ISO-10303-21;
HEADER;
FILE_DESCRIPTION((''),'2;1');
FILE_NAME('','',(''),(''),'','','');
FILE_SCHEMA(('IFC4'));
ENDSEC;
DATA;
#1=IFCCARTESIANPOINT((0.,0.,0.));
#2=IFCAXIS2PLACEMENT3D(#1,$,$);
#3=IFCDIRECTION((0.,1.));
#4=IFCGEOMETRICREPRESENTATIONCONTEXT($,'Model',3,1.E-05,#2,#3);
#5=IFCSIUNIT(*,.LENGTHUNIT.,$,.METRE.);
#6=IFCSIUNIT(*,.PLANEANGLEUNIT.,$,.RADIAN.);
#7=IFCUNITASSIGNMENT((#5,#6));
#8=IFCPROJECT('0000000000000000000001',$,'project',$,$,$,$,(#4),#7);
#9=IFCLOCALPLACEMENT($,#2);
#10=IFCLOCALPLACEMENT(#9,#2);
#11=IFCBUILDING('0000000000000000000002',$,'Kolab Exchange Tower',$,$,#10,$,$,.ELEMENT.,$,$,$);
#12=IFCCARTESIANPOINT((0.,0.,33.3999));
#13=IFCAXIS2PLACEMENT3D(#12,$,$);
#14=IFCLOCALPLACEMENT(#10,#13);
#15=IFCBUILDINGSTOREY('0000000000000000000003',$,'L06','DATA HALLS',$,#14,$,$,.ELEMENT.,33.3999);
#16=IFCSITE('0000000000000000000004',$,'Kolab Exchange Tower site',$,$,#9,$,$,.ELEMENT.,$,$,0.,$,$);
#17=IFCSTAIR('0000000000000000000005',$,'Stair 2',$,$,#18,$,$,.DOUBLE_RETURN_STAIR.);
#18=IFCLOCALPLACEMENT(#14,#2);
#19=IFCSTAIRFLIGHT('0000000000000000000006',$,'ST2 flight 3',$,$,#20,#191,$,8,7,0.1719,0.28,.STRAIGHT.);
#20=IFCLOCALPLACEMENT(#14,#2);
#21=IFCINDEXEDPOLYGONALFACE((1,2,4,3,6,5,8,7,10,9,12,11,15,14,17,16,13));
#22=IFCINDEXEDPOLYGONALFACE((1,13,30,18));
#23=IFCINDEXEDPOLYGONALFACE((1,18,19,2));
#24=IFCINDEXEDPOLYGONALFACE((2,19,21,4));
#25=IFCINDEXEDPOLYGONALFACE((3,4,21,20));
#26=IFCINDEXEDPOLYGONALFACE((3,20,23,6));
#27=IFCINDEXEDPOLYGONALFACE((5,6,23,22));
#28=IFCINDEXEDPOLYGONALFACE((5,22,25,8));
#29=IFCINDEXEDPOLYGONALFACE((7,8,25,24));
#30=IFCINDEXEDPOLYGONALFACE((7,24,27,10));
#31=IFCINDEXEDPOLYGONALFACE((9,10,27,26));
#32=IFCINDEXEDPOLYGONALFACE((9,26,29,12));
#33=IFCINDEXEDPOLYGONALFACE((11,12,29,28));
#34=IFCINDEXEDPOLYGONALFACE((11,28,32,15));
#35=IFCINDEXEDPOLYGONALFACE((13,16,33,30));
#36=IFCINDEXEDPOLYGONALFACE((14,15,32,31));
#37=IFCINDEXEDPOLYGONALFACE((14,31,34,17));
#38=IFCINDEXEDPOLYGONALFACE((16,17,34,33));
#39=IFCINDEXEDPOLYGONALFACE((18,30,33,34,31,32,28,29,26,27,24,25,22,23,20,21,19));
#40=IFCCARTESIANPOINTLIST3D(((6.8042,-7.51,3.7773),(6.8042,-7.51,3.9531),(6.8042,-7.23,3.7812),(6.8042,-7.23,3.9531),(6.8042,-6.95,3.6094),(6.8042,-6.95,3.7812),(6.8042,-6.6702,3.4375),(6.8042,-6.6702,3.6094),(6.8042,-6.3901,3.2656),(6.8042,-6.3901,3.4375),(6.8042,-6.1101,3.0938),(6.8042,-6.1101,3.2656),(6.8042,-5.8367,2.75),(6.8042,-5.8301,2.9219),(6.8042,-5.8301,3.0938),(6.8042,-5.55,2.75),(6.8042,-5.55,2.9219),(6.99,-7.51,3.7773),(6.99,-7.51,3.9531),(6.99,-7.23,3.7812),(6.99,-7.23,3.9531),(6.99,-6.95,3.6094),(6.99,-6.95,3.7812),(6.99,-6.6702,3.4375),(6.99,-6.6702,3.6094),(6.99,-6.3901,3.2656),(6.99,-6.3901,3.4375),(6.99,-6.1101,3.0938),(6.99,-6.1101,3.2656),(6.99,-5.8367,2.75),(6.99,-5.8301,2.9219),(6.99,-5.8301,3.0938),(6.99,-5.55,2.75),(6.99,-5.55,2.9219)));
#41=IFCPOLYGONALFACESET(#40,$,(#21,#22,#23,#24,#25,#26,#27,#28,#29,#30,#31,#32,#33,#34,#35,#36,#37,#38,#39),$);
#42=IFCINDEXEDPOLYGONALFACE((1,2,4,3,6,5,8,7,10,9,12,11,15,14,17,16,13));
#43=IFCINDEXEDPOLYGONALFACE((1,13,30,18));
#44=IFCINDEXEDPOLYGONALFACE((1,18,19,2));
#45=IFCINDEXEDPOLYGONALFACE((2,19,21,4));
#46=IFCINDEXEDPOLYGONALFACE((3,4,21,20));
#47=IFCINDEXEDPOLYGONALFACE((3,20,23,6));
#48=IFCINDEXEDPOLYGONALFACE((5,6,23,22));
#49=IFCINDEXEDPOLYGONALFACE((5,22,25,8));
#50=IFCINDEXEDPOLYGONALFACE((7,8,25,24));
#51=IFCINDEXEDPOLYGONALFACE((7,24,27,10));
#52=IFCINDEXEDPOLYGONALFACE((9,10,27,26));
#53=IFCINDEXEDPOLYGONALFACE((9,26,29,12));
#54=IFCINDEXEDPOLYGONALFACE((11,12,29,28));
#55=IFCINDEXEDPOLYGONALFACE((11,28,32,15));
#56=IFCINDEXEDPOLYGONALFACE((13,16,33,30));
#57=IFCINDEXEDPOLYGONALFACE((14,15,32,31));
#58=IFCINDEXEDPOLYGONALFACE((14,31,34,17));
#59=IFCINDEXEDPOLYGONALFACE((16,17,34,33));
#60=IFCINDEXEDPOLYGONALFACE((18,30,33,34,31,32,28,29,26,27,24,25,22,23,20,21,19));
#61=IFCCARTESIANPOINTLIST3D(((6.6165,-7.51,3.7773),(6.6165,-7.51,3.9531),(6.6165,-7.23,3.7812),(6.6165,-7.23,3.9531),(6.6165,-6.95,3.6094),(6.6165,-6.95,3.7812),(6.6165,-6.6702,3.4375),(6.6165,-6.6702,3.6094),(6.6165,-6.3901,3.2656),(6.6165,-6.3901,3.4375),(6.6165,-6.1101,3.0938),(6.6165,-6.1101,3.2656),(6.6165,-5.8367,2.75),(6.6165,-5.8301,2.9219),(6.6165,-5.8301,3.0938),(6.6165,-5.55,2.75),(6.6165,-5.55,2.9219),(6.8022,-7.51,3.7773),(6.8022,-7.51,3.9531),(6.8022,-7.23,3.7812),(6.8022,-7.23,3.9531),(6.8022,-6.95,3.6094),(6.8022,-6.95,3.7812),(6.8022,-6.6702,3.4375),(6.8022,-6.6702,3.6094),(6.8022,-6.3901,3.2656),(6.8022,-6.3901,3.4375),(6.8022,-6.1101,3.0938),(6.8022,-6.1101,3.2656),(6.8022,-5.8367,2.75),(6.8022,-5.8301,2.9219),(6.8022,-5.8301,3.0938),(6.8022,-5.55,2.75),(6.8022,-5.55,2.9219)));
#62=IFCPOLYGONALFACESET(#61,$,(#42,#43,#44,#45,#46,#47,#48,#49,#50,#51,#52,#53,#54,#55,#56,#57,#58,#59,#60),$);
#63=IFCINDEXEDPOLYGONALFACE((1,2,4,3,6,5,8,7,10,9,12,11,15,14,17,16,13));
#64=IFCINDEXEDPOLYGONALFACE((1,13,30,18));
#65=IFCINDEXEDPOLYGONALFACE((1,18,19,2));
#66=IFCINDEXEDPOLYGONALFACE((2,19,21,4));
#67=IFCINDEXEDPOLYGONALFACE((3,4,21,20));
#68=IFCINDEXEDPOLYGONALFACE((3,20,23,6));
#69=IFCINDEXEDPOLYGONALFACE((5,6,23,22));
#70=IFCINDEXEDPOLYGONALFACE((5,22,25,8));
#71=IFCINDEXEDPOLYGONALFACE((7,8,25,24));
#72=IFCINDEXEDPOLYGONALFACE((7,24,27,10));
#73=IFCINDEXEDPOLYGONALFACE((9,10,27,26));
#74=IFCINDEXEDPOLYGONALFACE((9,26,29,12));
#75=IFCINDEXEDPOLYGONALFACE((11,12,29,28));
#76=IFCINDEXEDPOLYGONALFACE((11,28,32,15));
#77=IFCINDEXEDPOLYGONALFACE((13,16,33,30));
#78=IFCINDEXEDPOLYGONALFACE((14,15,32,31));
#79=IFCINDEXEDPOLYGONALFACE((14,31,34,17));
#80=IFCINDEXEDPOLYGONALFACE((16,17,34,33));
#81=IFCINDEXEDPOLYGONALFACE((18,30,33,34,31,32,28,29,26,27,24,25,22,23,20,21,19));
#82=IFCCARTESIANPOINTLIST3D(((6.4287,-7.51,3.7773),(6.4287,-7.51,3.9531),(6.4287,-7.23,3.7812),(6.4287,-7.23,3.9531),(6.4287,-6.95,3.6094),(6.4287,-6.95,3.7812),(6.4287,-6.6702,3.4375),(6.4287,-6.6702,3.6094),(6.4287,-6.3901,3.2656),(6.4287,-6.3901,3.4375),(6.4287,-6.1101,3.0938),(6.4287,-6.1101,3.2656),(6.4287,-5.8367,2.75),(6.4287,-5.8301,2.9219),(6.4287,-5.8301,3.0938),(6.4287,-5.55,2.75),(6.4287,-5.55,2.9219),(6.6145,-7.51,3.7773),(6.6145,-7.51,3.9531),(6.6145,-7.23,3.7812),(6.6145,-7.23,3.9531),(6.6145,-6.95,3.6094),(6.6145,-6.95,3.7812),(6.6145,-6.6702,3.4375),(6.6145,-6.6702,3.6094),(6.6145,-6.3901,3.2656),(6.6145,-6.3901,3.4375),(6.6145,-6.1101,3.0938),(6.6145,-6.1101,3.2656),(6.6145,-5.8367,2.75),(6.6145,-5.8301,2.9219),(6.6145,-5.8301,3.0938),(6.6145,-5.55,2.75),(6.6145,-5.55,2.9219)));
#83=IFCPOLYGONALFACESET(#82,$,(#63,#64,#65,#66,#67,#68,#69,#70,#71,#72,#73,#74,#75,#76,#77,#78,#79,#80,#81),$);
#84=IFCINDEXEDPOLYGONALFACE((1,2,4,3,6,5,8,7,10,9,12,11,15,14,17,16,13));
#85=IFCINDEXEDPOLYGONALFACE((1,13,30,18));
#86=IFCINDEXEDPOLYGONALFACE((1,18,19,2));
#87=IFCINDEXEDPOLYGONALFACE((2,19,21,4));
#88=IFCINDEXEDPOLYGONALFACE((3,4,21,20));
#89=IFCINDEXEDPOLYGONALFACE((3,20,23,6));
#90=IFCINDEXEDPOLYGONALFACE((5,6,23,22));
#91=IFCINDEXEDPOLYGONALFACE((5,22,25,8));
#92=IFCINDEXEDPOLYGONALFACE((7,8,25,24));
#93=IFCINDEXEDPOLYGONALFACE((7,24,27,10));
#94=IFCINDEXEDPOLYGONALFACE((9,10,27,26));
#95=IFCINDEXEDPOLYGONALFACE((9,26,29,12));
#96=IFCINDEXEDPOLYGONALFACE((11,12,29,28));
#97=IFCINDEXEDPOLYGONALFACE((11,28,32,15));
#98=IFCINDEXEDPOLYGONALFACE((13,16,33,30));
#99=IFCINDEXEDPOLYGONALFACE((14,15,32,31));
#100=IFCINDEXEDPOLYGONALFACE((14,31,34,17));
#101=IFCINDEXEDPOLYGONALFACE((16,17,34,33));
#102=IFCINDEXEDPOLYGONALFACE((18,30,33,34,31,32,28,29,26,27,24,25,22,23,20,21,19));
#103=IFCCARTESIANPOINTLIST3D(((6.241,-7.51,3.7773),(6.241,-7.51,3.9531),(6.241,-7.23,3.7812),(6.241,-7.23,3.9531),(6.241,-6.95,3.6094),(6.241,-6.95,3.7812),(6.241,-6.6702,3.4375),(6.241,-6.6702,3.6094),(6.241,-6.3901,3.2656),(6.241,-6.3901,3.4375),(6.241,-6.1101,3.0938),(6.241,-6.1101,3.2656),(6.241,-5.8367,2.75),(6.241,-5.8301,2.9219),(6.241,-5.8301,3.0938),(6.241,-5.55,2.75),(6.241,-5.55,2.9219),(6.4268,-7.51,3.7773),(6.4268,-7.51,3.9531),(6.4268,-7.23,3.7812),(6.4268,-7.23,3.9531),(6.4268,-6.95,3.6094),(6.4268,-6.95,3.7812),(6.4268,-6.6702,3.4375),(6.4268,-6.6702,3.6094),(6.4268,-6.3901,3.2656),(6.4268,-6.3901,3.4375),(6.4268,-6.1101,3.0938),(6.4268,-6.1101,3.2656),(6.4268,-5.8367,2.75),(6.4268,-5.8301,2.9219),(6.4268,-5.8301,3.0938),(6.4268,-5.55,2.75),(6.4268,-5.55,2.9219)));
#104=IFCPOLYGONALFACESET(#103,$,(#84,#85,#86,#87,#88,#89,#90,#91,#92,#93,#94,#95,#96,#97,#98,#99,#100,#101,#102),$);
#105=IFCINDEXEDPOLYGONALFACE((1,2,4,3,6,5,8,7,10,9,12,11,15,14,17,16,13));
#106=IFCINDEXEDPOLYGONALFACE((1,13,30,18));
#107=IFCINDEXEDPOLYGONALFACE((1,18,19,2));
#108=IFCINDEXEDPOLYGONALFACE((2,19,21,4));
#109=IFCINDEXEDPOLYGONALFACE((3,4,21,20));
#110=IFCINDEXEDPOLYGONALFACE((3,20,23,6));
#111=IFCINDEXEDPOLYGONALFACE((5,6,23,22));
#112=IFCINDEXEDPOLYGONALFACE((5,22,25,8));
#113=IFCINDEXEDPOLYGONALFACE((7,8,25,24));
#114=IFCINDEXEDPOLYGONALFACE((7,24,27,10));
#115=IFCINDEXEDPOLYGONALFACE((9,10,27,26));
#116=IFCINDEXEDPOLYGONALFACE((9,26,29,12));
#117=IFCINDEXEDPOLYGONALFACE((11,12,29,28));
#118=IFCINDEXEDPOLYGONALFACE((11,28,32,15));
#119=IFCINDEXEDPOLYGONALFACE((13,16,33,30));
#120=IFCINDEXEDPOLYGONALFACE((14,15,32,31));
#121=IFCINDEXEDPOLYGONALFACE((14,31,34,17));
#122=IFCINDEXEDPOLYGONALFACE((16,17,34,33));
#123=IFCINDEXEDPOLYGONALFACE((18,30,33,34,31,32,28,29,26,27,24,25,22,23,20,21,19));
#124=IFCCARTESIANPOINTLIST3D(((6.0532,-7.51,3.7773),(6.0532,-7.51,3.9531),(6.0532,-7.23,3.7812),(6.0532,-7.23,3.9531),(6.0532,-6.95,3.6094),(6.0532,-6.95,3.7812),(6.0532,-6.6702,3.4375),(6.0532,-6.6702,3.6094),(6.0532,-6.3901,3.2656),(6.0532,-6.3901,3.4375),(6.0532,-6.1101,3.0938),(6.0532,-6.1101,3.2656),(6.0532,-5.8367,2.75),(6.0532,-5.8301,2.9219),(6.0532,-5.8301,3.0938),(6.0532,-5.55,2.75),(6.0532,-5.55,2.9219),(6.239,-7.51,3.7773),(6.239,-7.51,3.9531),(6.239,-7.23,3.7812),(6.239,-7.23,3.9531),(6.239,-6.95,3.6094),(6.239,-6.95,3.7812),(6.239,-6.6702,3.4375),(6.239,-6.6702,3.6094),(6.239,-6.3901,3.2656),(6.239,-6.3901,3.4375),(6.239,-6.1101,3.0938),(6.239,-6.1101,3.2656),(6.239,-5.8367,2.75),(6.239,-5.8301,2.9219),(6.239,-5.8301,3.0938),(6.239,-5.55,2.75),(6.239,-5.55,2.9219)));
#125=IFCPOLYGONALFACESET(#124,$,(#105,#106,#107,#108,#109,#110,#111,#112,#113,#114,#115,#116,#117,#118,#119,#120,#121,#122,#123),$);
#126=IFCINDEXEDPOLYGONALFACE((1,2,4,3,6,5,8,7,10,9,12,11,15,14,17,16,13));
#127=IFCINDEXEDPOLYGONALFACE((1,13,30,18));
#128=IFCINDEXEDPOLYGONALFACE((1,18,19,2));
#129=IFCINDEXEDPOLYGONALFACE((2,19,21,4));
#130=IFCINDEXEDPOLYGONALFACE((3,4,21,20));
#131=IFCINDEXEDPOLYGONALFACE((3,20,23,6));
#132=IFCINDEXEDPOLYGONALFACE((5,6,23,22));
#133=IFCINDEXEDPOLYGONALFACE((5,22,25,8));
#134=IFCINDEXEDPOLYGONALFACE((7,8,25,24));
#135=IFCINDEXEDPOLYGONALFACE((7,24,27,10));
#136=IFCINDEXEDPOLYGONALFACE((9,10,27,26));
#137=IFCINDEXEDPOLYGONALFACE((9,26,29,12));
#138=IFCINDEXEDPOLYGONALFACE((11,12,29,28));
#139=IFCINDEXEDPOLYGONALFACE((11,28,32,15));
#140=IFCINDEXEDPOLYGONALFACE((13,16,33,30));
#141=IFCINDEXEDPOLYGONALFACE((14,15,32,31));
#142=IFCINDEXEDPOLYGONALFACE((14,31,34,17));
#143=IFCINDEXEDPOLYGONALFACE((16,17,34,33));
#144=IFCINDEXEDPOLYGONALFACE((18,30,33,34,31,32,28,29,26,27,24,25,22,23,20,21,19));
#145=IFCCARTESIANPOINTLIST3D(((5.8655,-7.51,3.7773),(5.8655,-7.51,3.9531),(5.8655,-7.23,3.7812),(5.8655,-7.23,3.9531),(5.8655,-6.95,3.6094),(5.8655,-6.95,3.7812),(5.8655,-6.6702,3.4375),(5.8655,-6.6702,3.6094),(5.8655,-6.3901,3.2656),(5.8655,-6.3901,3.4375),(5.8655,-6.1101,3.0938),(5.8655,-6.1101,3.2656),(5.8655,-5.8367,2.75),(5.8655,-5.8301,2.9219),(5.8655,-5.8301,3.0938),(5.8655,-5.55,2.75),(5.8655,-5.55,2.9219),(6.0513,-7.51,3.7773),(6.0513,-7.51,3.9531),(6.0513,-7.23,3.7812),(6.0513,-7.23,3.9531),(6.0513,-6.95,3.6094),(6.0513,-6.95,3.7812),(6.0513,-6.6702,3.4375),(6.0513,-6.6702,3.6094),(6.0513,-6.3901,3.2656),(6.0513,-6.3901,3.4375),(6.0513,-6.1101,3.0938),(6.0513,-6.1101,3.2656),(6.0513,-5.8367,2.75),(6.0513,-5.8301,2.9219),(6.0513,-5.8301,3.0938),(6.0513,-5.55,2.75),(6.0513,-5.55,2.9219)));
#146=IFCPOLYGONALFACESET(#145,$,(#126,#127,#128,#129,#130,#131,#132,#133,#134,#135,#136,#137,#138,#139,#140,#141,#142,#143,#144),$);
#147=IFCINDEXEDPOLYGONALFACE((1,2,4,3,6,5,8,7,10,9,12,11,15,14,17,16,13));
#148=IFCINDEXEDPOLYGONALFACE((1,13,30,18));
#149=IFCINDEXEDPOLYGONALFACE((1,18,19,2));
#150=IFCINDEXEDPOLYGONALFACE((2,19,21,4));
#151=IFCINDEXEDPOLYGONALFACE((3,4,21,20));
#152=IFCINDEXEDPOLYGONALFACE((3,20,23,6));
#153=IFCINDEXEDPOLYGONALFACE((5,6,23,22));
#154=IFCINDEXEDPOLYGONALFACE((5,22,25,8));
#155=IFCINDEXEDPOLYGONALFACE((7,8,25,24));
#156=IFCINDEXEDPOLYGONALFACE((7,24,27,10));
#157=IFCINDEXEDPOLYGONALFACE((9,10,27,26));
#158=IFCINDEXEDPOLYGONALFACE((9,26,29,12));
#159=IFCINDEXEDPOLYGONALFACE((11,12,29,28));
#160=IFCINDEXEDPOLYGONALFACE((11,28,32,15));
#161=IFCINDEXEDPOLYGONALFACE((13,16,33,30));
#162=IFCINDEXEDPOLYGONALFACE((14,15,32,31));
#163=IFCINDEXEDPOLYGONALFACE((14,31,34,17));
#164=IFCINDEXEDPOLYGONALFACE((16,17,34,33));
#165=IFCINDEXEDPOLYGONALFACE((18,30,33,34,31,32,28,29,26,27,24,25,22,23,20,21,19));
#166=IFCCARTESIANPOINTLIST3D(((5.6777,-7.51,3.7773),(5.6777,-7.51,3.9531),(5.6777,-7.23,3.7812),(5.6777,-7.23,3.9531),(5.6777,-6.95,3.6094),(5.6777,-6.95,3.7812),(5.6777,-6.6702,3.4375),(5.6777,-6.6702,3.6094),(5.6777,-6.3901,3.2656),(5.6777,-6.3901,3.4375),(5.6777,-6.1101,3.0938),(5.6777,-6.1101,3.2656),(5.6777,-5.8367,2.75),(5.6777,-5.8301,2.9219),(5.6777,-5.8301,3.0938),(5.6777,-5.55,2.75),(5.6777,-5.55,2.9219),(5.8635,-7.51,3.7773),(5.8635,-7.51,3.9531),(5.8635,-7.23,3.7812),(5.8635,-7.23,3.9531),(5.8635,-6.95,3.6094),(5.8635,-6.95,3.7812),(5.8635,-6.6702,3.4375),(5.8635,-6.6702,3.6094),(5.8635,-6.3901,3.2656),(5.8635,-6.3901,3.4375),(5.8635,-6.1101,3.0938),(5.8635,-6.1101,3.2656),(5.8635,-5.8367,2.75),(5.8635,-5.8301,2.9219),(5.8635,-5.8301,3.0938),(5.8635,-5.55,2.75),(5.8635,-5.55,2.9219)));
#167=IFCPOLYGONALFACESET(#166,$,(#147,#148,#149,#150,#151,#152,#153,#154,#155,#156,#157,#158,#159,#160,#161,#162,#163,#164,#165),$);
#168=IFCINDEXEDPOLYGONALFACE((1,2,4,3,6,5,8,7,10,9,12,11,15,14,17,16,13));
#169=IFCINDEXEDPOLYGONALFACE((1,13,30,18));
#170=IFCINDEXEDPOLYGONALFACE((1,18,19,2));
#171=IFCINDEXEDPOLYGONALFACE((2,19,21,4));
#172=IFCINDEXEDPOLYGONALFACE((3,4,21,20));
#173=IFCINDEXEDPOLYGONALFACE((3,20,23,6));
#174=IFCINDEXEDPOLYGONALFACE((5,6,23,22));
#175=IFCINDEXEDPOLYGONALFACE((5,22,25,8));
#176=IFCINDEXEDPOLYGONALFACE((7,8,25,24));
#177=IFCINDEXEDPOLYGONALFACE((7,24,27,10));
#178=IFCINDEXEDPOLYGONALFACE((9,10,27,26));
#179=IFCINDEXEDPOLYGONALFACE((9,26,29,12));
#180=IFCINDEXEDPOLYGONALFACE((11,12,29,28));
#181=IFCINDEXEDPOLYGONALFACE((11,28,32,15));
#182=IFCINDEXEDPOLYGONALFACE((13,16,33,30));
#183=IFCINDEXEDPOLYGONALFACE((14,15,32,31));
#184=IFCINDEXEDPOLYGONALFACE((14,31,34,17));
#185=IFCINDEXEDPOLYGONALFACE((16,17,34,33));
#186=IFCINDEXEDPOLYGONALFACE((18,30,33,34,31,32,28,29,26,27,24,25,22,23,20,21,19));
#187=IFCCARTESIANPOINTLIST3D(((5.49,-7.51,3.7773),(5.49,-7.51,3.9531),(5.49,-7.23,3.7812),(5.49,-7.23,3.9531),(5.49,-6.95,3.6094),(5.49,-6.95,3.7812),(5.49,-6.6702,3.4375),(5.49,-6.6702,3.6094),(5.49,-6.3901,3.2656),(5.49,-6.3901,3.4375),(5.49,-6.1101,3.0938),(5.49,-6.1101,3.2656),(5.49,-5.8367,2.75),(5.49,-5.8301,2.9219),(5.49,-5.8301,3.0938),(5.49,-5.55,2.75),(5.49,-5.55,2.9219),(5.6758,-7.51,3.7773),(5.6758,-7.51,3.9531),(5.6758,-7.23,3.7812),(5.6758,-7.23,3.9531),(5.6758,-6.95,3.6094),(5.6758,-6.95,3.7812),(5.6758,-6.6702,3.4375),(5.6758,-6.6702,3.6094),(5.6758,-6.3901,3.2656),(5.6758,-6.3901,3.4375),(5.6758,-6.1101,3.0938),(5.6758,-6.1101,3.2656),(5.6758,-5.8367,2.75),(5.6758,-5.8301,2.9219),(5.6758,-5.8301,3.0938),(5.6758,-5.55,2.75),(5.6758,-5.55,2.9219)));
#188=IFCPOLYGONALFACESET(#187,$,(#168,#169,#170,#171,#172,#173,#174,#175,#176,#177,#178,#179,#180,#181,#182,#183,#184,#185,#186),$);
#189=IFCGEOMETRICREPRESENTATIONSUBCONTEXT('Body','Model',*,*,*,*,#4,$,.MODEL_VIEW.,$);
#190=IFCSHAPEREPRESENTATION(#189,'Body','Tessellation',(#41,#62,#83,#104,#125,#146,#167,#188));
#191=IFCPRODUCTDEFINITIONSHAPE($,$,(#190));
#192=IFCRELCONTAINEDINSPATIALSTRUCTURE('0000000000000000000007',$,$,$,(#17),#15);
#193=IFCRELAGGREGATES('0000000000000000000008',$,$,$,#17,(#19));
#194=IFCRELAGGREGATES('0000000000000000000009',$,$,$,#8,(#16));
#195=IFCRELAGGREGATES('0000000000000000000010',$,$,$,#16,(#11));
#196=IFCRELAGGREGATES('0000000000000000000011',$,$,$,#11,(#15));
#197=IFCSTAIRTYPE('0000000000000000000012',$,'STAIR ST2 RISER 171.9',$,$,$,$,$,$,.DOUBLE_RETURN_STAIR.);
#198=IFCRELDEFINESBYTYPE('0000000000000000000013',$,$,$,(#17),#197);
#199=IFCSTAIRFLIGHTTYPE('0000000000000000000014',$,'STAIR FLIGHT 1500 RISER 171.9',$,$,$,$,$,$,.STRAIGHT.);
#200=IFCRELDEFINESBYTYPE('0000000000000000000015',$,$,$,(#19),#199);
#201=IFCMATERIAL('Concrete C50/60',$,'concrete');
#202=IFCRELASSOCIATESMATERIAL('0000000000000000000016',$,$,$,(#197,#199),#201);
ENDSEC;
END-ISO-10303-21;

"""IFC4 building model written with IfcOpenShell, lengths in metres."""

from ifc_helpers import new_model, si_unit, direction, frame, origin, place, context, subcontext, project, spatial, polyline, outline, extrude, material, type_object, element, aggregate, save


model = new_model("IFC4")

# Units and contexts
model_context = context("Model", 3, precision=1e-05, world=origin(), true_north=direction((0.0, 1.0)))
body_context = subcontext(model_context, "Body", "Model", "MODEL_VIEW")
ifc_project = project(units=[si_unit("LENGTHUNIT", "METRE"), si_unit("PLANEANGLEUNIT", "RADIAN")], contexts=[model_context])

# Site, building, storey
site_placement = place(None, origin())
site = spatial("IfcSite", under=ifc_project, at=site_placement, Name="Kolab Exchange Tower site", CompositionType="ELEMENT", RefElevation=0.0)
building_placement = place(site_placement, origin())
building = spatial("IfcBuilding", under=site, at=building_placement, Name="Kolab Exchange Tower", CompositionType="ELEMENT")
storey_placement = place(building_placement, frame((0.0, 0.0, 33.3999)))
storey = spatial("IfcBuildingStorey", under=building, at=storey_placement, Name="L06", Description="DATA HALLS", CompositionType="ELEMENT", Elevation=33.3999)

# Stair
ifc_material_1 = material(Name="Concrete C50/60", Category="concrete")
stair_type_1 = type_object("IfcStairType", Name="STAIR ST2 RISER 171.9", PredefinedType="DOUBLE_RETURN_STAIR", material=ifc_material_1)
stair_1_placement = place(storey_placement, origin())
stair_1 = element("IfcStair", 1, at=stair_1_placement, inside=storey, type_object=stair_type_1, Name="Stair 2", PredefinedType="DOUBLE_RETURN_STAIR")

# Stair flight
stair_flight_type = type_object("IfcStairFlightType", Name="STAIR FLIGHT 1500 RISER 171.9", PredefinedType="STRAIGHT", material=ifc_material_1)
stair_flight_1_placement = place(storey_placement, frame((6.24, -5.55, 2.75), z_axis=(0.0, 0.0, 1.0), x_axis=(0.0, -1.0, 0.0)))
stair_flight_1 = element("IfcStairFlight", 2, at=stair_flight_1_placement, type_object=stair_flight_type, Name="ST2 flight 3", NumberOfRisers=8, NumberOfTreads=7, PredefinedType="STRAIGHT", RiserHeight=0.1719, TreadLength=0.28, context=body_context, shape_type="SweptSolid", body=[
    extrude(outline(polyline([(0.0, 0.0), (0.0, 0.1719), (0.28, 0.1719), (0.28, 0.3438), (0.5601, 0.3438), (0.5601, 0.5156), (0.8401, 0.5156), (0.8401, 0.6875), (1.1201, 0.6875), (1.1201, 0.8594), (1.3999, 0.8594), (1.3999, 1.0312), (1.6799, 1.0312), (1.6799, 1.2031), (1.96, 1.2031), (1.96, 1.375), (1.96, 1.0273), (0.2866, 0.0), (0.0, 0.0)])), frame((0.0, 0.75, 0.0), z_axis=(0.0, -1.0, 0.0), x_axis=(1.0, 0.0, 0.0)), (0.0, 0.0, 1.0), 0.1858),
    extrude(outline(polyline([(0.0, 0.0), (0.0, 0.1719), (0.28, 0.1719), (0.28, 0.3438), (0.5601, 0.3438), (0.5601, 0.5156), (0.8401, 0.5156), (0.8401, 0.6875), (1.1201, 0.6875), (1.1201, 0.8594), (1.3999, 0.8594), (1.3999, 1.0312), (1.6799, 1.0312), (1.6799, 1.2031), (1.96, 1.2031), (1.96, 1.375), (1.96, 1.0273), (0.2866, 0.0), (0.0, 0.0)])), frame((0.0, 0.5623, 0.0), z_axis=(0.0, -1.0, 0.0), x_axis=(1.0, 0.0, 0.0)), (0.0, 0.0, 1.0), 0.1858),
    extrude(outline(polyline([(0.0, 0.0), (0.0, 0.1719), (0.28, 0.1719), (0.28, 0.3438), (0.5601, 0.3438), (0.5601, 0.5156), (0.8401, 0.5156), (0.8401, 0.6875), (1.1201, 0.6875), (1.1201, 0.8594), (1.3999, 0.8594), (1.3999, 1.0312), (1.6799, 1.0312), (1.6799, 1.2031), (1.96, 1.2031), (1.96, 1.375), (1.96, 1.0273), (0.2866, 0.0), (0.0, 0.0)])), frame((0.0, 0.3745, 0.0), z_axis=(0.0, -1.0, 0.0), x_axis=(1.0, 0.0, 0.0)), (0.0, 0.0, 1.0), 0.1858),
    extrude(outline(polyline([(0.0, 0.0), (0.0, 0.1719), (0.28, 0.1719), (0.28, 0.3438), (0.5601, 0.3438), (0.5601, 0.5156), (0.8401, 0.5156), (0.8401, 0.6875), (1.1201, 0.6875), (1.1201, 0.8594), (1.3999, 0.8594), (1.3999, 1.0312), (1.6799, 1.0312), (1.6799, 1.2031), (1.96, 1.2031), (1.96, 1.375), (1.96, 1.0273), (0.2866, 0.0), (0.0, 0.0)])), frame((0.0, 0.1868, 0.0), z_axis=(0.0, -1.0, 0.0), x_axis=(1.0, 0.0, 0.0)), (0.0, 0.0, 1.0), 0.1858),
    extrude(outline(polyline([(0.0, 0.0), (0.0, 0.1719), (0.28, 0.1719), (0.28, 0.3438), (0.5601, 0.3438), (0.5601, 0.5156), (0.8401, 0.5156), (0.8401, 0.6875), (1.1201, 0.6875), (1.1201, 0.8594), (1.3999, 0.8594), (1.3999, 1.0312), (1.6799, 1.0312), (1.6799, 1.2031), (1.96, 1.2031), (1.96, 1.375), (1.96, 1.0273), (0.2866, 0.0), (0.0, 0.0)])), frame((0.0, -0.001, 0.0), z_axis=(0.0, -1.0, 0.0), x_axis=(1.0, 0.0, 0.0)), (0.0, 0.0, 1.0), 0.1858),
    extrude(outline(polyline([(0.0, 0.0), (0.0, 0.1719), (0.28, 0.1719), (0.28, 0.3438), (0.5601, 0.3438), (0.5601, 0.5156), (0.8401, 0.5156), (0.8401, 0.6875), (1.1201, 0.6875), (1.1201, 0.8594), (1.3999, 0.8594), (1.3999, 1.0312), (1.6799, 1.0312), (1.6799, 1.2031), (1.96, 1.2031), (1.96, 1.375), (1.96, 1.0273), (0.2866, 0.0), (0.0, 0.0)])), frame((0.0, -0.1887, 0.0), z_axis=(0.0, -1.0, 0.0), x_axis=(1.0, 0.0, 0.0)), (0.0, 0.0, 1.0), 0.1858),
    extrude(outline(polyline([(0.0, 0.0), (0.0, 0.1719), (0.28, 0.1719), (0.28, 0.3438), (0.5601, 0.3438), (0.5601, 0.5156), (0.8401, 0.5156), (0.8401, 0.6875), (1.1201, 0.6875), (1.1201, 0.8594), (1.3999, 0.8594), (1.3999, 1.0312), (1.6799, 1.0312), (1.6799, 1.2031), (1.96, 1.2031), (1.96, 1.375), (1.96, 1.0273), (0.2866, 0.0), (0.0, 0.0)])), frame((0.0, -0.3765, 0.0), z_axis=(0.0, -1.0, 0.0), x_axis=(1.0, 0.0, 0.0)), (0.0, 0.0, 1.0), 0.1858),
    extrude(outline(polyline([(0.0, 0.0), (0.0, 0.1719), (0.28, 0.1719), (0.28, 0.3438), (0.5601, 0.3438), (0.5601, 0.5156), (0.8401, 0.5156), (0.8401, 0.6875), (1.1201, 0.6875), (1.1201, 0.8594), (1.3999, 0.8594), (1.3999, 1.0312), (1.6799, 1.0312), (1.6799, 1.2031), (1.96, 1.2031), (1.96, 1.375), (1.96, 1.0273), (0.2866, 0.0), (0.0, 0.0)])), frame((0.0, -0.5642, 0.0), z_axis=(0.0, -1.0, 0.0), x_axis=(1.0, 0.0, 0.0)), (0.0, 0.0, 1.0), 0.1858),
])
aggregate(stair_1, [stair_flight_1])

save(model, "model.ifc")
